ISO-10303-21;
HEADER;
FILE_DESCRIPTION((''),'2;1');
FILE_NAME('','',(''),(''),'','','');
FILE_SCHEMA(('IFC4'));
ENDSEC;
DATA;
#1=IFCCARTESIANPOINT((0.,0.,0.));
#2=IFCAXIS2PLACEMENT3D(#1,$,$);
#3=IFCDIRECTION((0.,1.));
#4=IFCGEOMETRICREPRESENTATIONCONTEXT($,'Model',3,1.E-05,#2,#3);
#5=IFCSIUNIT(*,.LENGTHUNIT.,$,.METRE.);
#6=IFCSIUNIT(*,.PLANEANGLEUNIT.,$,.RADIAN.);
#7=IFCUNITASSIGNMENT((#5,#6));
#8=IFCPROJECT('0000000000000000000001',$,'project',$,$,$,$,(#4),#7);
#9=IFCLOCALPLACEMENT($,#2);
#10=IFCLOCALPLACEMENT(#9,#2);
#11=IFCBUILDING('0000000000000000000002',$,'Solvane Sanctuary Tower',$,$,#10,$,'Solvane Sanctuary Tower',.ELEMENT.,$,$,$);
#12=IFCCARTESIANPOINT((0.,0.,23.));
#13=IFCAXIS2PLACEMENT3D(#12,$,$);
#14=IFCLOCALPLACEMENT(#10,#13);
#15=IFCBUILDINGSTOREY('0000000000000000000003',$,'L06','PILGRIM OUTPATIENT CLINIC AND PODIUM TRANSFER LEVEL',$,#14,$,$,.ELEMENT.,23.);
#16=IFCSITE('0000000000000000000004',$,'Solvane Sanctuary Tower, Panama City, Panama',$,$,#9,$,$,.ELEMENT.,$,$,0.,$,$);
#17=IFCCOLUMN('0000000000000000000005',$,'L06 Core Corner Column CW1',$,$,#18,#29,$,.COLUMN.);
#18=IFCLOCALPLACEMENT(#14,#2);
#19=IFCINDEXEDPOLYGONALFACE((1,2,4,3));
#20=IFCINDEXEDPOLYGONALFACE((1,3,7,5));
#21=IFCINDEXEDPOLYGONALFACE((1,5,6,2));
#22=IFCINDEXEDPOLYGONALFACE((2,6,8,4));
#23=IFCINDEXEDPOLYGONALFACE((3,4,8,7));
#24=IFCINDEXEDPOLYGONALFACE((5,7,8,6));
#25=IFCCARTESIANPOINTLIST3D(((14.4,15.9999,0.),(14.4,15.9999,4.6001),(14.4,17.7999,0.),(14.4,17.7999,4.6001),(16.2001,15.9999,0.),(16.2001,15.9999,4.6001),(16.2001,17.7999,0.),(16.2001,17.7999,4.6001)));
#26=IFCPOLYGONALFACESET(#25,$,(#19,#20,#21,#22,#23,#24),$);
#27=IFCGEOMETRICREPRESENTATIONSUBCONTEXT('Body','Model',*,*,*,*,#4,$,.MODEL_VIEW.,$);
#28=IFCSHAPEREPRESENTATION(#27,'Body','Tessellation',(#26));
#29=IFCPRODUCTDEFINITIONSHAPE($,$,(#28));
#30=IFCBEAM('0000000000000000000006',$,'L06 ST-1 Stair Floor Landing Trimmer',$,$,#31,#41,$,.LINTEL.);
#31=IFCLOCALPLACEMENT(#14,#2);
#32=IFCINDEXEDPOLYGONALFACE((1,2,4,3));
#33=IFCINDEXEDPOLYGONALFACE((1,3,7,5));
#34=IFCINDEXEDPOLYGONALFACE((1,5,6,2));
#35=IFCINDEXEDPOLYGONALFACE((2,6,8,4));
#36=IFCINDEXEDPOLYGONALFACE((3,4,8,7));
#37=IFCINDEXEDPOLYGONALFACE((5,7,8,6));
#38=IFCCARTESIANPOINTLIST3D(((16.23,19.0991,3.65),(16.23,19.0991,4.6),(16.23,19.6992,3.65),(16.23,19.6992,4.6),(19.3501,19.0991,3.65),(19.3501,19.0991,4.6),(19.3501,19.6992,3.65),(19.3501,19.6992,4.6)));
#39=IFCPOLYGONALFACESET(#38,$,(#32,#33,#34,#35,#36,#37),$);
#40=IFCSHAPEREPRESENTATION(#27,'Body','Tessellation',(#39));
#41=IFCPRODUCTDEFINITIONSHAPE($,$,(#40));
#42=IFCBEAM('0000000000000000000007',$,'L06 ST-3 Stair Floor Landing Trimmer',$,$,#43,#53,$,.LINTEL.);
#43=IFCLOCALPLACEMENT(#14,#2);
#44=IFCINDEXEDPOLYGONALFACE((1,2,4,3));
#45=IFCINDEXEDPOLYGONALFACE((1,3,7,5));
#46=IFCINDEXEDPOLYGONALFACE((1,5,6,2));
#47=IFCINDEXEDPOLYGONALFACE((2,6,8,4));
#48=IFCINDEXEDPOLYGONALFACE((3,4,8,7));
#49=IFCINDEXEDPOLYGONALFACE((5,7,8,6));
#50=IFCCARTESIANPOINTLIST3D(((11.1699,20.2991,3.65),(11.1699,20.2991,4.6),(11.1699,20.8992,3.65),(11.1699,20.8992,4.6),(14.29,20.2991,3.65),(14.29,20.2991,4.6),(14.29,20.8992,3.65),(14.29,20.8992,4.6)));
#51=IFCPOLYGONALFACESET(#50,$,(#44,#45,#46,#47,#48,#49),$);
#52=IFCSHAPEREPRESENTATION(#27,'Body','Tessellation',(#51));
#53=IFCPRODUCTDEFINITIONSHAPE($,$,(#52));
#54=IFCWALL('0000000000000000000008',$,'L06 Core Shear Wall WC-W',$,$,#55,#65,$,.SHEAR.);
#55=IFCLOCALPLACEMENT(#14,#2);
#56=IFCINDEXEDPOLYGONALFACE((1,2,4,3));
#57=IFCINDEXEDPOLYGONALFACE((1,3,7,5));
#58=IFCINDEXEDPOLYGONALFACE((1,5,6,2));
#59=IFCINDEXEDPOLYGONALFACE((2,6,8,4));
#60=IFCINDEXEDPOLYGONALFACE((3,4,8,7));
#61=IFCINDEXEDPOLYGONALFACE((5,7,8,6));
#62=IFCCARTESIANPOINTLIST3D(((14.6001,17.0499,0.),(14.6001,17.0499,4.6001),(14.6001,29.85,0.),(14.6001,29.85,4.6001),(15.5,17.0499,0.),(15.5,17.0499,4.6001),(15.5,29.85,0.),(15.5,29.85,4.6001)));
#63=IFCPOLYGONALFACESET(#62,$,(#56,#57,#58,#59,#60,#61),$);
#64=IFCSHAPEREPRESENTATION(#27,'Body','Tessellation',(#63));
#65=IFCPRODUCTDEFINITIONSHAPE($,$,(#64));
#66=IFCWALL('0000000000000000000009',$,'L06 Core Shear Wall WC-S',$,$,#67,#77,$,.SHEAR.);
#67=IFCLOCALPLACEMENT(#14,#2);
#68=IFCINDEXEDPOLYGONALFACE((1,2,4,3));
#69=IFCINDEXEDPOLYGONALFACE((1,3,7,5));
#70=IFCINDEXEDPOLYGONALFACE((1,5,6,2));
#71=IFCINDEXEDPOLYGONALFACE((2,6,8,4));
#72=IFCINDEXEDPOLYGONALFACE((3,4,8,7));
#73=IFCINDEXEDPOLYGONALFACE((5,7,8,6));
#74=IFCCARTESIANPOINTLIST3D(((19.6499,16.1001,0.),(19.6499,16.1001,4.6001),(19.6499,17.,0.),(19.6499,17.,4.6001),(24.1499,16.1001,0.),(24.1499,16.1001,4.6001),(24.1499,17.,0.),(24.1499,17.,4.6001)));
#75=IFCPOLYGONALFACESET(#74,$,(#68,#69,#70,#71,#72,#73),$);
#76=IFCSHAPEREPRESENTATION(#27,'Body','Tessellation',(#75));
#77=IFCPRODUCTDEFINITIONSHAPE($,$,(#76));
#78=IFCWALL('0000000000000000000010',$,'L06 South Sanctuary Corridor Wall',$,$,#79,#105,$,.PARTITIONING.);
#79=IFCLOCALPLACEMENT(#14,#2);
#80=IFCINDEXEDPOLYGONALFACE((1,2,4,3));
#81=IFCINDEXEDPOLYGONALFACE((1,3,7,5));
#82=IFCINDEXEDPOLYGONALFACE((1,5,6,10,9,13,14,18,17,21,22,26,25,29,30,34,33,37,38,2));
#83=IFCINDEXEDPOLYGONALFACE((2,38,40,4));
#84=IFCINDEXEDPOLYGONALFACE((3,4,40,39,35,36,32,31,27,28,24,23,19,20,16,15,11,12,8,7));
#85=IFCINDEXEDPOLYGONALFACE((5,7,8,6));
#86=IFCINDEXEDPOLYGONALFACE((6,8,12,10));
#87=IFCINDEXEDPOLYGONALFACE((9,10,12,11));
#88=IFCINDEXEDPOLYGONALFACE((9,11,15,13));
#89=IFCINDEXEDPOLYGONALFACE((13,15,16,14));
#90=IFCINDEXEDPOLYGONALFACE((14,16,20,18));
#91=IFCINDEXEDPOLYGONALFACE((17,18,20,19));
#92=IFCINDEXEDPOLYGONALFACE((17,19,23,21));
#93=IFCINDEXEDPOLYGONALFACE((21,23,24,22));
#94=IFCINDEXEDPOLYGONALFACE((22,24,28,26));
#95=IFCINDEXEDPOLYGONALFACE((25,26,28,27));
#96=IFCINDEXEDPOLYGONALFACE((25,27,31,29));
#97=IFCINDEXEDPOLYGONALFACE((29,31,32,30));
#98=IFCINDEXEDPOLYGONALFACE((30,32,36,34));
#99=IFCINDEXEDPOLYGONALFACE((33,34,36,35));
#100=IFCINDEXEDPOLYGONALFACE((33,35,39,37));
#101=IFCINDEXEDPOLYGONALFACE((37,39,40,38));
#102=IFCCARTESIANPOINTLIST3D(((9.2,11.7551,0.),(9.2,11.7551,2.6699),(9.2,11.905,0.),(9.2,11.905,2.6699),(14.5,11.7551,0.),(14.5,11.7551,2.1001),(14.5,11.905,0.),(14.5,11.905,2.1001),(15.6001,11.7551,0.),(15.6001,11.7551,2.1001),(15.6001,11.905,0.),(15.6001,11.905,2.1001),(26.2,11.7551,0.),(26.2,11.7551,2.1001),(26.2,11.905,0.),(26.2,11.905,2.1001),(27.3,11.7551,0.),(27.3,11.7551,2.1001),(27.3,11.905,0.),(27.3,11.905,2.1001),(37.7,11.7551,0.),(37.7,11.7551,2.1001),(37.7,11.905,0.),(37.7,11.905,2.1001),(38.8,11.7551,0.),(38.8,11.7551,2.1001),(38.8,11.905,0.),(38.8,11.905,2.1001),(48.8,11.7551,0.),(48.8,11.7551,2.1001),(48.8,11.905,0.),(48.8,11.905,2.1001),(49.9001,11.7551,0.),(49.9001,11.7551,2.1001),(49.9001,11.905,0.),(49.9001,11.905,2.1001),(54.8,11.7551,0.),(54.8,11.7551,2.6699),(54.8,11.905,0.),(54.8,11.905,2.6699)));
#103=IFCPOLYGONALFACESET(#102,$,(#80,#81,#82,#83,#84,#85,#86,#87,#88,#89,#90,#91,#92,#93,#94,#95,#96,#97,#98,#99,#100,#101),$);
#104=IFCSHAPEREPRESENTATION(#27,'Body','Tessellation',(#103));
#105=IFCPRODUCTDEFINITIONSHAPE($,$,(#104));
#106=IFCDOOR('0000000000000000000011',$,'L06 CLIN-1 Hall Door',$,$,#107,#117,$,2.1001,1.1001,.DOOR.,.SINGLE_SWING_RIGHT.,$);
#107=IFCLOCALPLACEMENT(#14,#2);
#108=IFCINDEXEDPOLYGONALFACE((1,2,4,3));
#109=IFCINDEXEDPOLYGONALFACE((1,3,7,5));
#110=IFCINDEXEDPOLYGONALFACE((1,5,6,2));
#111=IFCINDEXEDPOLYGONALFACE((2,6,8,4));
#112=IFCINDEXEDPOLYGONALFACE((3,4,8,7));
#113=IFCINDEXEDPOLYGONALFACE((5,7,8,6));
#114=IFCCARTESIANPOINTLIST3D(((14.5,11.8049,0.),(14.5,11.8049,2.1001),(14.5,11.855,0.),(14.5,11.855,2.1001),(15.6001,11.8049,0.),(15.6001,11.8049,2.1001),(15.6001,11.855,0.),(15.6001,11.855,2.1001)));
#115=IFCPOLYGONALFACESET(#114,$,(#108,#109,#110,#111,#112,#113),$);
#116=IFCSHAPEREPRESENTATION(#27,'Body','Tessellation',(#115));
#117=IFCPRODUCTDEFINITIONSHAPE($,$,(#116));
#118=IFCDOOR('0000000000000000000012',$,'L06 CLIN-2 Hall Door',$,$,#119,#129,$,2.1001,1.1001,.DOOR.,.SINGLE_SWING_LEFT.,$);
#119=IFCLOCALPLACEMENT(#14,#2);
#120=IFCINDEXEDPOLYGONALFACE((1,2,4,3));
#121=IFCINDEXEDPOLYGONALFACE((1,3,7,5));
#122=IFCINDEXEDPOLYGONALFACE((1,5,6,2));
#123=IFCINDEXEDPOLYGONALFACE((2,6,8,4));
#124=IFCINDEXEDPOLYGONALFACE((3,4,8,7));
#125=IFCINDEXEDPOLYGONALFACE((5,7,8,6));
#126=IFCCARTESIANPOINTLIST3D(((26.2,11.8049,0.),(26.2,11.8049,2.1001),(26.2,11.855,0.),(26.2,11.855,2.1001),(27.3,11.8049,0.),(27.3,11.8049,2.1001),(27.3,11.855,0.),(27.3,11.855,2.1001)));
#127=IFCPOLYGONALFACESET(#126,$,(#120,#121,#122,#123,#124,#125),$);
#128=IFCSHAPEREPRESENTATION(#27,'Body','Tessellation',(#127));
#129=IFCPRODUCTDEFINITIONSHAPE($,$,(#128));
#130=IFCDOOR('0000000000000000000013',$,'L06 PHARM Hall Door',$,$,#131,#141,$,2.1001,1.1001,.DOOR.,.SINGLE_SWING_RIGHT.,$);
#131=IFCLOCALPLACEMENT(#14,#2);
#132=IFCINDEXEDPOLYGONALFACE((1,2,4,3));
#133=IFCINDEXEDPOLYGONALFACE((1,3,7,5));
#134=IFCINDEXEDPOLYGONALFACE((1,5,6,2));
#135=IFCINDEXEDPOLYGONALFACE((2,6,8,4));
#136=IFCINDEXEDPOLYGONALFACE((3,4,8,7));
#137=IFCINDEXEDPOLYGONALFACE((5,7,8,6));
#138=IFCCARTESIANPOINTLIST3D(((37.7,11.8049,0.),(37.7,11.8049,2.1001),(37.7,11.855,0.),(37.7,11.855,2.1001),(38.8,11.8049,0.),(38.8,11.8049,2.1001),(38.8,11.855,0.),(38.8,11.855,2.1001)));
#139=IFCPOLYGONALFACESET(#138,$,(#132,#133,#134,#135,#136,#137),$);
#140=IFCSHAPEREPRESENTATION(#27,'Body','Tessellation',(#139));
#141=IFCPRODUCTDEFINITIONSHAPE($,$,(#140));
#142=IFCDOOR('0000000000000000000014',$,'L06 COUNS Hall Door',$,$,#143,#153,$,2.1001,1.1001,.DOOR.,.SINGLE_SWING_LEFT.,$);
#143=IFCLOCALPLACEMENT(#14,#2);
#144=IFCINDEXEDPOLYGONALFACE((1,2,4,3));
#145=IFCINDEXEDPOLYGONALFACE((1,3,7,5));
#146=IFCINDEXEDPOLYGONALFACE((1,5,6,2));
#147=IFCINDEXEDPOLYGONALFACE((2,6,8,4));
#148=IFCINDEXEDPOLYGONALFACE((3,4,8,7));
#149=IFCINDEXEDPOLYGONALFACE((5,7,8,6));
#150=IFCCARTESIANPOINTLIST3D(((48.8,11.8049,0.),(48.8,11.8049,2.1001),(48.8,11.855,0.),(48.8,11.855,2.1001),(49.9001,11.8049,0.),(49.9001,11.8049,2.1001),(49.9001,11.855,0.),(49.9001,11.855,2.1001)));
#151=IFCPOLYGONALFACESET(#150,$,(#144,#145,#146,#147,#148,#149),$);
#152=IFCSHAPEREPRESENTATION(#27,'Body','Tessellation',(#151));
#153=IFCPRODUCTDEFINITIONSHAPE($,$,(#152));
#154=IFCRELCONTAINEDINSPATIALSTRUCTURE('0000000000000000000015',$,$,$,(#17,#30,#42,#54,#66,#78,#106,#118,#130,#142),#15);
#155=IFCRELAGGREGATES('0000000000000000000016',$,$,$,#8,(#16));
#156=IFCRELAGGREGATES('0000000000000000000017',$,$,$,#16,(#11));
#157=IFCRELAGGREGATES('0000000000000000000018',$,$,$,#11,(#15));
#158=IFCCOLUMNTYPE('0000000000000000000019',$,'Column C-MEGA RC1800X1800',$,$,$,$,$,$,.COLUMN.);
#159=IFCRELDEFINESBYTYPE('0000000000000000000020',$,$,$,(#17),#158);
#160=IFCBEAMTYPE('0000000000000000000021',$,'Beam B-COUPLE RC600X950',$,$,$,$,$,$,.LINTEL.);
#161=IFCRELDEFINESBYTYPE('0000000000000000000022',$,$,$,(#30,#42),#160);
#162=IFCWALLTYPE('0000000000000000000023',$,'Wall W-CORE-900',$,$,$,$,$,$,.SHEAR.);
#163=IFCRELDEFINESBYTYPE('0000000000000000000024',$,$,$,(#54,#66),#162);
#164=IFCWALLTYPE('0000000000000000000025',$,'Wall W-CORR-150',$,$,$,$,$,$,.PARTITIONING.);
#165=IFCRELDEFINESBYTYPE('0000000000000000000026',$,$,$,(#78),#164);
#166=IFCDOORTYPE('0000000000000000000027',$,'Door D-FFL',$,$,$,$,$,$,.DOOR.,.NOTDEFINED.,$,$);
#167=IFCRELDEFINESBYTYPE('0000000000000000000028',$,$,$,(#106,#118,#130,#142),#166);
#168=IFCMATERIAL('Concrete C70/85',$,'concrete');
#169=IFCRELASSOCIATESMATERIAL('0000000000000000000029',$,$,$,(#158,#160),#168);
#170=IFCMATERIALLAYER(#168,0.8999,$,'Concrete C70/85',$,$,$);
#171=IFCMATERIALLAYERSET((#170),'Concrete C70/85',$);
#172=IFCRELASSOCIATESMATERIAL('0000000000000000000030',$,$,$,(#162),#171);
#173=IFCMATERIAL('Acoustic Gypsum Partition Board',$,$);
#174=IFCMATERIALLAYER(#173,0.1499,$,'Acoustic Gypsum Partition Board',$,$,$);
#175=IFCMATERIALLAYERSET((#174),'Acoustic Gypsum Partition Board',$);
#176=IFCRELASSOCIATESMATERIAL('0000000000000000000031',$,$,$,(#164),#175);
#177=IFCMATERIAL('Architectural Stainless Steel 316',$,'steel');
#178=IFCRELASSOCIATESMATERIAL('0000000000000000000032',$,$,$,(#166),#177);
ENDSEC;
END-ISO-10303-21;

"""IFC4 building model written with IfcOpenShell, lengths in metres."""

from ifc_helpers import new_model, si_unit, direction, frame, frame_2d, origin, origin_2d, place, context, subcontext, project, spatial, rectangle, extrude, material, layer, layer_set, material_profile, profile_set, type_object, element, fill, save


model = new_model("IFC4")

# Units and contexts
model_context = context("Model", 3, precision=1e-05, world=origin(), true_north=direction((0.0, 1.0)))
body_context = subcontext(model_context, "Body", "Model", "MODEL_VIEW")
ifc_project = project(units=[si_unit("LENGTHUNIT", "METRE"), si_unit("PLANEANGLEUNIT", "RADIAN")], contexts=[model_context])

# Site, building, storey
site_placement = place(None, origin())
site = spatial("IfcSite", under=ifc_project, at=site_placement, Name="Solvane Sanctuary Tower, Panama City, Panama", CompositionType="ELEMENT", RefElevation=0.0)
building_placement = place(site_placement, origin())
building = spatial("IfcBuilding", under=site, at=building_placement, Name="Solvane Sanctuary Tower", LongName="Solvane Sanctuary Tower", CompositionType="ELEMENT")
storey_placement = place(building_placement, frame((0.0, 0.0, 23.0)))
storey = spatial("IfcBuildingStorey", under=building, at=storey_placement, Name="L06", Description="PILGRIM OUTPATIENT CLINIC AND PODIUM TRANSFER LEVEL", CompositionType="ELEMENT", Elevation=23.0)

# Column
ifc_material_1 = material(Name="Concrete C70/85", Category="concrete")
ifc_material_profile_1 = material_profile(ifc_material_1, rectangle(XDim=1.8, YDim=1.8, at=origin_2d()), Name="RC1800X1800")
ifc_profile_set_1 = profile_set([ifc_material_profile_1], Name="Concrete C70/85")
column_type = type_object("IfcColumnType", Name="Column C-MEGA RC1800X1800", PredefinedType="COLUMN", material=ifc_profile_set_1)
column_placement = place(storey_placement, frame((15.3, 16.8999, 0.0), z_axis=(0.0, 0.0, 1.0), x_axis=(1.0, 0.0, 0.0)))
element("IfcColumn", 1, at=column_placement, inside=storey, type_object=column_type, Name="L06 Core Corner Column CW1", PredefinedType="COLUMN", context=body_context, shape_type="SweptSolid", body=[
    extrude(rectangle(XDim=1.8, YDim=1.8, at=origin_2d()), origin(), (0.0, 0.0, 1.0), 4.6001),
])

# Beams
ifc_material_profile_2 = material_profile(ifc_material_1, rectangle(XDim=0.6001, YDim=0.95, at=origin_2d()), Name="RC600X950")
ifc_profile_set_2 = profile_set([ifc_material_profile_2], Name="Concrete C70/85")
beam_type = type_object("IfcBeamType", Name="Beam B-COUPLE RC600X950", PredefinedType="LINTEL", material=ifc_profile_set_2)
for number, where, z_axis, x_axis, name in (
    (2, (16.23, 19.3992, 4.125), (1.0, 0.0, 0.0), (0.0, 1.0, 0.0), "L06 ST-1 Stair Floor Landing Trimmer"),
    (3, (11.1699, 20.5991, 4.125), (1.0, 0.0, 0.0), (0.0, 1.0, 0.0), "L06 ST-3 Stair Floor Landing Trimmer"),
):
    element("IfcBeam", number, at=place(storey_placement, frame(where, z_axis=z_axis, x_axis=x_axis)), inside=storey, type_object=beam_type, Name=name, PredefinedType="LINTEL", context=body_context, shape_type="SweptSolid", body=[
        extrude(rectangle(XDim=0.6001, YDim=0.95, at=origin_2d()), origin(), (0.0, 0.0, 1.0), 3.1201),
    ])

# Walls
ifc_layer_1 = layer(ifc_material_1, 0.8999, Name="Concrete C70/85")
ifc_layer_set_1 = layer_set([ifc_layer_1], Name="Concrete C70/85")
wall_type_1 = type_object("IfcWallType", Name="Wall W-CORE-900", PredefinedType="SHEAR", material=ifc_layer_set_1)
wall_1_placement = place(storey_placement, frame((15.05, 17.05, 0.0), z_axis=(0.0, 0.0, 1.0), x_axis=(0.0, 1.0, 0.0)))
element("IfcWall", 4, at=wall_1_placement, inside=storey, type_object=wall_type_1, Name="L06 Core Shear Wall WC-W", PredefinedType="SHEAR", context=body_context, shape_type="SweptSolid", body=[
    extrude(rectangle(XDim=12.8, YDim=0.8999, at=frame_2d((6.3999, 0.0))), origin(), (0.0, 0.0, 1.0), 4.6001),
])
wall_2_placement = place(storey_placement, frame((19.6499, 16.55, 0.0), z_axis=(0.0, 0.0, 1.0), x_axis=(1.0, 0.0, 0.0)))
element("IfcWall", 5, at=wall_2_placement, inside=storey, type_object=wall_type_1, Name="L06 Core Shear Wall WC-S", PredefinedType="SHEAR", context=body_context, shape_type="SweptSolid", body=[
    extrude(rectangle(XDim=4.5, YDim=0.8999, at=frame_2d((2.25, 0.0))), origin(), (0.0, 0.0, 1.0), 4.6001),
])

# Wall, openings, doors
ifc_material_2 = material(Name="Acoustic Gypsum Partition Board")
ifc_layer_2 = layer(ifc_material_2, 0.1499, Name="Acoustic Gypsum Partition Board")
ifc_layer_set_2 = layer_set([ifc_layer_2], Name="Acoustic Gypsum Partition Board")
wall_type_2 = type_object("IfcWallType", Name="Wall W-CORR-150", PredefinedType="PARTITIONING", material=ifc_layer_set_2)
wall_3_placement = place(storey_placement, frame((9.2, 11.8301, 0.0), z_axis=(0.0, 0.0, 1.0), x_axis=(1.0, 0.0, 0.0)))
wall_3 = element("IfcWall", 6, at=wall_3_placement, inside=storey, type_object=wall_type_2, Name="L06 South Sanctuary Corridor Wall", PredefinedType="PARTITIONING", context=body_context, shape_type="SweptSolid", body=[
    extrude(rectangle(XDim=45.6001, YDim=0.1499, at=frame_2d((22.8, 0.0))), origin(), (0.0, 0.0, 1.0), 2.6699),
])
opening_1_placement = place(wall_3_placement, frame((5.3, 0.0, 0.0)))
opening_1 = element("IfcOpeningElement", 7, at=opening_1_placement, cuts=wall_3, PredefinedType="OPENING", context=body_context, shape_type="SweptSolid", body=[
    extrude(rectangle(XDim=1.1001, YDim=2.1001, at=frame_2d((0.55, 1.05))), frame((0.0, 0.085, 0.0), z_axis=(0.0, -1.0, 0.0), x_axis=(1.0, 0.0, 0.0)), (0.0, 0.0, 1.0), 0.1699),
])
opening_2_placement = place(wall_3_placement, frame((17.0, 0.0, 0.0)))
opening_2 = element("IfcOpeningElement", 8, at=opening_2_placement, cuts=wall_3, PredefinedType="OPENING", context=body_context, shape_type="SweptSolid", body=[
    extrude(rectangle(XDim=1.1001, YDim=2.1001, at=frame_2d((0.55, 1.05))), frame((0.0, 0.085, 0.0), z_axis=(0.0, -1.0, 0.0), x_axis=(1.0, 0.0, 0.0)), (0.0, 0.0, 1.0), 0.1699),
])
opening_3_placement = place(wall_3_placement, frame((28.5, 0.0, 0.0)))
opening_3 = element("IfcOpeningElement", 9, at=opening_3_placement, cuts=wall_3, PredefinedType="OPENING", context=body_context, shape_type="SweptSolid", body=[
    extrude(rectangle(XDim=1.1001, YDim=2.1001, at=frame_2d((0.55, 1.05))), frame((0.0, 0.085, 0.0), z_axis=(0.0, -1.0, 0.0), x_axis=(1.0, 0.0, 0.0)), (0.0, 0.0, 1.0), 0.1699),
])
opening_4_placement = place(wall_3_placement, frame((39.6001, 0.0, 0.0)))
opening_4 = element("IfcOpeningElement", 10, at=opening_4_placement, cuts=wall_3, PredefinedType="OPENING", context=body_context, shape_type="SweptSolid", body=[
    extrude(rectangle(XDim=1.1001, YDim=2.1001, at=frame_2d((0.55, 1.05))), frame((0.0, 0.085, 0.0), z_axis=(0.0, -1.0, 0.0), x_axis=(1.0, 0.0, 0.0)), (0.0, 0.0, 1.0), 0.1699),
])
ifc_material_3 = material(Name="Architectural Stainless Steel 316", Category="steel")
door_type_1 = type_object("IfcDoorType", Name="Door D-FFL", OperationType="NOTDEFINED", PredefinedType="DOOR", material=ifc_material_3)
door_1_placement = place(opening_1_placement, origin())
door_1 = element("IfcDoor", 11, at=door_1_placement, inside=storey, type_object=door_type_1, Name="L06 CLIN-1 Hall Door", OperationType="SINGLE_SWING_RIGHT", OverallHeight=2.1001, OverallWidth=1.1001, PredefinedType="DOOR", context=body_context, shape_type="SweptSolid", body=[
    extrude(rectangle(XDim=1.1001, YDim=2.1001, at=frame_2d((0.55, 1.05))), frame((0.0, 0.0249, 0.0), z_axis=(0.0, -1.0, 0.0), x_axis=(1.0, 0.0, 0.0)), (0.0, 0.0, 1.0), 0.05),
])
fill(opening_1, door_1)
door_2_placement = place(opening_2_placement, origin())
door_2 = element("IfcDoor", 12, at=door_2_placement, inside=storey, type_object=door_type_1, Name="L06 CLIN-2 Hall Door", OperationType="SINGLE_SWING_LEFT", OverallHeight=2.1001, OverallWidth=1.1001, PredefinedType="DOOR", context=body_context, shape_type="SweptSolid", body=[
    extrude(rectangle(XDim=1.1001, YDim=2.1001, at=frame_2d((0.55, 1.05))), frame((0.0, 0.0249, 0.0), z_axis=(0.0, -1.0, 0.0), x_axis=(1.0, 0.0, 0.0)), (0.0, 0.0, 1.0), 0.05),
])
fill(opening_2, door_2)
door_3_placement = place(opening_3_placement, origin())
door_3 = element("IfcDoor", 13, at=door_3_placement, inside=storey, type_object=door_type_1, Name="L06 PHARM Hall Door", OperationType="SINGLE_SWING_RIGHT", OverallHeight=2.1001, OverallWidth=1.1001, PredefinedType="DOOR", context=body_context, shape_type="SweptSolid", body=[
    extrude(rectangle(XDim=1.1001, YDim=2.1001, at=frame_2d((0.55, 1.05))), frame((0.0, 0.0249, 0.0), z_axis=(0.0, -1.0, 0.0), x_axis=(1.0, 0.0, 0.0)), (0.0, 0.0, 1.0), 0.05),
])
fill(opening_3, door_3)
door_4_placement = place(opening_4_placement, origin())
door_4 = element("IfcDoor", 14, at=door_4_placement, inside=storey, type_object=door_type_1, Name="L06 COUNS Hall Door", OperationType="SINGLE_SWING_LEFT", OverallHeight=2.1001, OverallWidth=1.1001, PredefinedType="DOOR", context=body_context, shape_type="SweptSolid", body=[
    extrude(rectangle(XDim=1.1001, YDim=2.1001, at=frame_2d((0.55, 1.05))), frame((0.0, 0.0249, 0.0), z_axis=(0.0, -1.0, 0.0), x_axis=(1.0, 0.0, 0.0)), (0.0, 0.0, 1.0), 0.05),
])
fill(opening_4, door_4)

save(model, "model.ifc")
